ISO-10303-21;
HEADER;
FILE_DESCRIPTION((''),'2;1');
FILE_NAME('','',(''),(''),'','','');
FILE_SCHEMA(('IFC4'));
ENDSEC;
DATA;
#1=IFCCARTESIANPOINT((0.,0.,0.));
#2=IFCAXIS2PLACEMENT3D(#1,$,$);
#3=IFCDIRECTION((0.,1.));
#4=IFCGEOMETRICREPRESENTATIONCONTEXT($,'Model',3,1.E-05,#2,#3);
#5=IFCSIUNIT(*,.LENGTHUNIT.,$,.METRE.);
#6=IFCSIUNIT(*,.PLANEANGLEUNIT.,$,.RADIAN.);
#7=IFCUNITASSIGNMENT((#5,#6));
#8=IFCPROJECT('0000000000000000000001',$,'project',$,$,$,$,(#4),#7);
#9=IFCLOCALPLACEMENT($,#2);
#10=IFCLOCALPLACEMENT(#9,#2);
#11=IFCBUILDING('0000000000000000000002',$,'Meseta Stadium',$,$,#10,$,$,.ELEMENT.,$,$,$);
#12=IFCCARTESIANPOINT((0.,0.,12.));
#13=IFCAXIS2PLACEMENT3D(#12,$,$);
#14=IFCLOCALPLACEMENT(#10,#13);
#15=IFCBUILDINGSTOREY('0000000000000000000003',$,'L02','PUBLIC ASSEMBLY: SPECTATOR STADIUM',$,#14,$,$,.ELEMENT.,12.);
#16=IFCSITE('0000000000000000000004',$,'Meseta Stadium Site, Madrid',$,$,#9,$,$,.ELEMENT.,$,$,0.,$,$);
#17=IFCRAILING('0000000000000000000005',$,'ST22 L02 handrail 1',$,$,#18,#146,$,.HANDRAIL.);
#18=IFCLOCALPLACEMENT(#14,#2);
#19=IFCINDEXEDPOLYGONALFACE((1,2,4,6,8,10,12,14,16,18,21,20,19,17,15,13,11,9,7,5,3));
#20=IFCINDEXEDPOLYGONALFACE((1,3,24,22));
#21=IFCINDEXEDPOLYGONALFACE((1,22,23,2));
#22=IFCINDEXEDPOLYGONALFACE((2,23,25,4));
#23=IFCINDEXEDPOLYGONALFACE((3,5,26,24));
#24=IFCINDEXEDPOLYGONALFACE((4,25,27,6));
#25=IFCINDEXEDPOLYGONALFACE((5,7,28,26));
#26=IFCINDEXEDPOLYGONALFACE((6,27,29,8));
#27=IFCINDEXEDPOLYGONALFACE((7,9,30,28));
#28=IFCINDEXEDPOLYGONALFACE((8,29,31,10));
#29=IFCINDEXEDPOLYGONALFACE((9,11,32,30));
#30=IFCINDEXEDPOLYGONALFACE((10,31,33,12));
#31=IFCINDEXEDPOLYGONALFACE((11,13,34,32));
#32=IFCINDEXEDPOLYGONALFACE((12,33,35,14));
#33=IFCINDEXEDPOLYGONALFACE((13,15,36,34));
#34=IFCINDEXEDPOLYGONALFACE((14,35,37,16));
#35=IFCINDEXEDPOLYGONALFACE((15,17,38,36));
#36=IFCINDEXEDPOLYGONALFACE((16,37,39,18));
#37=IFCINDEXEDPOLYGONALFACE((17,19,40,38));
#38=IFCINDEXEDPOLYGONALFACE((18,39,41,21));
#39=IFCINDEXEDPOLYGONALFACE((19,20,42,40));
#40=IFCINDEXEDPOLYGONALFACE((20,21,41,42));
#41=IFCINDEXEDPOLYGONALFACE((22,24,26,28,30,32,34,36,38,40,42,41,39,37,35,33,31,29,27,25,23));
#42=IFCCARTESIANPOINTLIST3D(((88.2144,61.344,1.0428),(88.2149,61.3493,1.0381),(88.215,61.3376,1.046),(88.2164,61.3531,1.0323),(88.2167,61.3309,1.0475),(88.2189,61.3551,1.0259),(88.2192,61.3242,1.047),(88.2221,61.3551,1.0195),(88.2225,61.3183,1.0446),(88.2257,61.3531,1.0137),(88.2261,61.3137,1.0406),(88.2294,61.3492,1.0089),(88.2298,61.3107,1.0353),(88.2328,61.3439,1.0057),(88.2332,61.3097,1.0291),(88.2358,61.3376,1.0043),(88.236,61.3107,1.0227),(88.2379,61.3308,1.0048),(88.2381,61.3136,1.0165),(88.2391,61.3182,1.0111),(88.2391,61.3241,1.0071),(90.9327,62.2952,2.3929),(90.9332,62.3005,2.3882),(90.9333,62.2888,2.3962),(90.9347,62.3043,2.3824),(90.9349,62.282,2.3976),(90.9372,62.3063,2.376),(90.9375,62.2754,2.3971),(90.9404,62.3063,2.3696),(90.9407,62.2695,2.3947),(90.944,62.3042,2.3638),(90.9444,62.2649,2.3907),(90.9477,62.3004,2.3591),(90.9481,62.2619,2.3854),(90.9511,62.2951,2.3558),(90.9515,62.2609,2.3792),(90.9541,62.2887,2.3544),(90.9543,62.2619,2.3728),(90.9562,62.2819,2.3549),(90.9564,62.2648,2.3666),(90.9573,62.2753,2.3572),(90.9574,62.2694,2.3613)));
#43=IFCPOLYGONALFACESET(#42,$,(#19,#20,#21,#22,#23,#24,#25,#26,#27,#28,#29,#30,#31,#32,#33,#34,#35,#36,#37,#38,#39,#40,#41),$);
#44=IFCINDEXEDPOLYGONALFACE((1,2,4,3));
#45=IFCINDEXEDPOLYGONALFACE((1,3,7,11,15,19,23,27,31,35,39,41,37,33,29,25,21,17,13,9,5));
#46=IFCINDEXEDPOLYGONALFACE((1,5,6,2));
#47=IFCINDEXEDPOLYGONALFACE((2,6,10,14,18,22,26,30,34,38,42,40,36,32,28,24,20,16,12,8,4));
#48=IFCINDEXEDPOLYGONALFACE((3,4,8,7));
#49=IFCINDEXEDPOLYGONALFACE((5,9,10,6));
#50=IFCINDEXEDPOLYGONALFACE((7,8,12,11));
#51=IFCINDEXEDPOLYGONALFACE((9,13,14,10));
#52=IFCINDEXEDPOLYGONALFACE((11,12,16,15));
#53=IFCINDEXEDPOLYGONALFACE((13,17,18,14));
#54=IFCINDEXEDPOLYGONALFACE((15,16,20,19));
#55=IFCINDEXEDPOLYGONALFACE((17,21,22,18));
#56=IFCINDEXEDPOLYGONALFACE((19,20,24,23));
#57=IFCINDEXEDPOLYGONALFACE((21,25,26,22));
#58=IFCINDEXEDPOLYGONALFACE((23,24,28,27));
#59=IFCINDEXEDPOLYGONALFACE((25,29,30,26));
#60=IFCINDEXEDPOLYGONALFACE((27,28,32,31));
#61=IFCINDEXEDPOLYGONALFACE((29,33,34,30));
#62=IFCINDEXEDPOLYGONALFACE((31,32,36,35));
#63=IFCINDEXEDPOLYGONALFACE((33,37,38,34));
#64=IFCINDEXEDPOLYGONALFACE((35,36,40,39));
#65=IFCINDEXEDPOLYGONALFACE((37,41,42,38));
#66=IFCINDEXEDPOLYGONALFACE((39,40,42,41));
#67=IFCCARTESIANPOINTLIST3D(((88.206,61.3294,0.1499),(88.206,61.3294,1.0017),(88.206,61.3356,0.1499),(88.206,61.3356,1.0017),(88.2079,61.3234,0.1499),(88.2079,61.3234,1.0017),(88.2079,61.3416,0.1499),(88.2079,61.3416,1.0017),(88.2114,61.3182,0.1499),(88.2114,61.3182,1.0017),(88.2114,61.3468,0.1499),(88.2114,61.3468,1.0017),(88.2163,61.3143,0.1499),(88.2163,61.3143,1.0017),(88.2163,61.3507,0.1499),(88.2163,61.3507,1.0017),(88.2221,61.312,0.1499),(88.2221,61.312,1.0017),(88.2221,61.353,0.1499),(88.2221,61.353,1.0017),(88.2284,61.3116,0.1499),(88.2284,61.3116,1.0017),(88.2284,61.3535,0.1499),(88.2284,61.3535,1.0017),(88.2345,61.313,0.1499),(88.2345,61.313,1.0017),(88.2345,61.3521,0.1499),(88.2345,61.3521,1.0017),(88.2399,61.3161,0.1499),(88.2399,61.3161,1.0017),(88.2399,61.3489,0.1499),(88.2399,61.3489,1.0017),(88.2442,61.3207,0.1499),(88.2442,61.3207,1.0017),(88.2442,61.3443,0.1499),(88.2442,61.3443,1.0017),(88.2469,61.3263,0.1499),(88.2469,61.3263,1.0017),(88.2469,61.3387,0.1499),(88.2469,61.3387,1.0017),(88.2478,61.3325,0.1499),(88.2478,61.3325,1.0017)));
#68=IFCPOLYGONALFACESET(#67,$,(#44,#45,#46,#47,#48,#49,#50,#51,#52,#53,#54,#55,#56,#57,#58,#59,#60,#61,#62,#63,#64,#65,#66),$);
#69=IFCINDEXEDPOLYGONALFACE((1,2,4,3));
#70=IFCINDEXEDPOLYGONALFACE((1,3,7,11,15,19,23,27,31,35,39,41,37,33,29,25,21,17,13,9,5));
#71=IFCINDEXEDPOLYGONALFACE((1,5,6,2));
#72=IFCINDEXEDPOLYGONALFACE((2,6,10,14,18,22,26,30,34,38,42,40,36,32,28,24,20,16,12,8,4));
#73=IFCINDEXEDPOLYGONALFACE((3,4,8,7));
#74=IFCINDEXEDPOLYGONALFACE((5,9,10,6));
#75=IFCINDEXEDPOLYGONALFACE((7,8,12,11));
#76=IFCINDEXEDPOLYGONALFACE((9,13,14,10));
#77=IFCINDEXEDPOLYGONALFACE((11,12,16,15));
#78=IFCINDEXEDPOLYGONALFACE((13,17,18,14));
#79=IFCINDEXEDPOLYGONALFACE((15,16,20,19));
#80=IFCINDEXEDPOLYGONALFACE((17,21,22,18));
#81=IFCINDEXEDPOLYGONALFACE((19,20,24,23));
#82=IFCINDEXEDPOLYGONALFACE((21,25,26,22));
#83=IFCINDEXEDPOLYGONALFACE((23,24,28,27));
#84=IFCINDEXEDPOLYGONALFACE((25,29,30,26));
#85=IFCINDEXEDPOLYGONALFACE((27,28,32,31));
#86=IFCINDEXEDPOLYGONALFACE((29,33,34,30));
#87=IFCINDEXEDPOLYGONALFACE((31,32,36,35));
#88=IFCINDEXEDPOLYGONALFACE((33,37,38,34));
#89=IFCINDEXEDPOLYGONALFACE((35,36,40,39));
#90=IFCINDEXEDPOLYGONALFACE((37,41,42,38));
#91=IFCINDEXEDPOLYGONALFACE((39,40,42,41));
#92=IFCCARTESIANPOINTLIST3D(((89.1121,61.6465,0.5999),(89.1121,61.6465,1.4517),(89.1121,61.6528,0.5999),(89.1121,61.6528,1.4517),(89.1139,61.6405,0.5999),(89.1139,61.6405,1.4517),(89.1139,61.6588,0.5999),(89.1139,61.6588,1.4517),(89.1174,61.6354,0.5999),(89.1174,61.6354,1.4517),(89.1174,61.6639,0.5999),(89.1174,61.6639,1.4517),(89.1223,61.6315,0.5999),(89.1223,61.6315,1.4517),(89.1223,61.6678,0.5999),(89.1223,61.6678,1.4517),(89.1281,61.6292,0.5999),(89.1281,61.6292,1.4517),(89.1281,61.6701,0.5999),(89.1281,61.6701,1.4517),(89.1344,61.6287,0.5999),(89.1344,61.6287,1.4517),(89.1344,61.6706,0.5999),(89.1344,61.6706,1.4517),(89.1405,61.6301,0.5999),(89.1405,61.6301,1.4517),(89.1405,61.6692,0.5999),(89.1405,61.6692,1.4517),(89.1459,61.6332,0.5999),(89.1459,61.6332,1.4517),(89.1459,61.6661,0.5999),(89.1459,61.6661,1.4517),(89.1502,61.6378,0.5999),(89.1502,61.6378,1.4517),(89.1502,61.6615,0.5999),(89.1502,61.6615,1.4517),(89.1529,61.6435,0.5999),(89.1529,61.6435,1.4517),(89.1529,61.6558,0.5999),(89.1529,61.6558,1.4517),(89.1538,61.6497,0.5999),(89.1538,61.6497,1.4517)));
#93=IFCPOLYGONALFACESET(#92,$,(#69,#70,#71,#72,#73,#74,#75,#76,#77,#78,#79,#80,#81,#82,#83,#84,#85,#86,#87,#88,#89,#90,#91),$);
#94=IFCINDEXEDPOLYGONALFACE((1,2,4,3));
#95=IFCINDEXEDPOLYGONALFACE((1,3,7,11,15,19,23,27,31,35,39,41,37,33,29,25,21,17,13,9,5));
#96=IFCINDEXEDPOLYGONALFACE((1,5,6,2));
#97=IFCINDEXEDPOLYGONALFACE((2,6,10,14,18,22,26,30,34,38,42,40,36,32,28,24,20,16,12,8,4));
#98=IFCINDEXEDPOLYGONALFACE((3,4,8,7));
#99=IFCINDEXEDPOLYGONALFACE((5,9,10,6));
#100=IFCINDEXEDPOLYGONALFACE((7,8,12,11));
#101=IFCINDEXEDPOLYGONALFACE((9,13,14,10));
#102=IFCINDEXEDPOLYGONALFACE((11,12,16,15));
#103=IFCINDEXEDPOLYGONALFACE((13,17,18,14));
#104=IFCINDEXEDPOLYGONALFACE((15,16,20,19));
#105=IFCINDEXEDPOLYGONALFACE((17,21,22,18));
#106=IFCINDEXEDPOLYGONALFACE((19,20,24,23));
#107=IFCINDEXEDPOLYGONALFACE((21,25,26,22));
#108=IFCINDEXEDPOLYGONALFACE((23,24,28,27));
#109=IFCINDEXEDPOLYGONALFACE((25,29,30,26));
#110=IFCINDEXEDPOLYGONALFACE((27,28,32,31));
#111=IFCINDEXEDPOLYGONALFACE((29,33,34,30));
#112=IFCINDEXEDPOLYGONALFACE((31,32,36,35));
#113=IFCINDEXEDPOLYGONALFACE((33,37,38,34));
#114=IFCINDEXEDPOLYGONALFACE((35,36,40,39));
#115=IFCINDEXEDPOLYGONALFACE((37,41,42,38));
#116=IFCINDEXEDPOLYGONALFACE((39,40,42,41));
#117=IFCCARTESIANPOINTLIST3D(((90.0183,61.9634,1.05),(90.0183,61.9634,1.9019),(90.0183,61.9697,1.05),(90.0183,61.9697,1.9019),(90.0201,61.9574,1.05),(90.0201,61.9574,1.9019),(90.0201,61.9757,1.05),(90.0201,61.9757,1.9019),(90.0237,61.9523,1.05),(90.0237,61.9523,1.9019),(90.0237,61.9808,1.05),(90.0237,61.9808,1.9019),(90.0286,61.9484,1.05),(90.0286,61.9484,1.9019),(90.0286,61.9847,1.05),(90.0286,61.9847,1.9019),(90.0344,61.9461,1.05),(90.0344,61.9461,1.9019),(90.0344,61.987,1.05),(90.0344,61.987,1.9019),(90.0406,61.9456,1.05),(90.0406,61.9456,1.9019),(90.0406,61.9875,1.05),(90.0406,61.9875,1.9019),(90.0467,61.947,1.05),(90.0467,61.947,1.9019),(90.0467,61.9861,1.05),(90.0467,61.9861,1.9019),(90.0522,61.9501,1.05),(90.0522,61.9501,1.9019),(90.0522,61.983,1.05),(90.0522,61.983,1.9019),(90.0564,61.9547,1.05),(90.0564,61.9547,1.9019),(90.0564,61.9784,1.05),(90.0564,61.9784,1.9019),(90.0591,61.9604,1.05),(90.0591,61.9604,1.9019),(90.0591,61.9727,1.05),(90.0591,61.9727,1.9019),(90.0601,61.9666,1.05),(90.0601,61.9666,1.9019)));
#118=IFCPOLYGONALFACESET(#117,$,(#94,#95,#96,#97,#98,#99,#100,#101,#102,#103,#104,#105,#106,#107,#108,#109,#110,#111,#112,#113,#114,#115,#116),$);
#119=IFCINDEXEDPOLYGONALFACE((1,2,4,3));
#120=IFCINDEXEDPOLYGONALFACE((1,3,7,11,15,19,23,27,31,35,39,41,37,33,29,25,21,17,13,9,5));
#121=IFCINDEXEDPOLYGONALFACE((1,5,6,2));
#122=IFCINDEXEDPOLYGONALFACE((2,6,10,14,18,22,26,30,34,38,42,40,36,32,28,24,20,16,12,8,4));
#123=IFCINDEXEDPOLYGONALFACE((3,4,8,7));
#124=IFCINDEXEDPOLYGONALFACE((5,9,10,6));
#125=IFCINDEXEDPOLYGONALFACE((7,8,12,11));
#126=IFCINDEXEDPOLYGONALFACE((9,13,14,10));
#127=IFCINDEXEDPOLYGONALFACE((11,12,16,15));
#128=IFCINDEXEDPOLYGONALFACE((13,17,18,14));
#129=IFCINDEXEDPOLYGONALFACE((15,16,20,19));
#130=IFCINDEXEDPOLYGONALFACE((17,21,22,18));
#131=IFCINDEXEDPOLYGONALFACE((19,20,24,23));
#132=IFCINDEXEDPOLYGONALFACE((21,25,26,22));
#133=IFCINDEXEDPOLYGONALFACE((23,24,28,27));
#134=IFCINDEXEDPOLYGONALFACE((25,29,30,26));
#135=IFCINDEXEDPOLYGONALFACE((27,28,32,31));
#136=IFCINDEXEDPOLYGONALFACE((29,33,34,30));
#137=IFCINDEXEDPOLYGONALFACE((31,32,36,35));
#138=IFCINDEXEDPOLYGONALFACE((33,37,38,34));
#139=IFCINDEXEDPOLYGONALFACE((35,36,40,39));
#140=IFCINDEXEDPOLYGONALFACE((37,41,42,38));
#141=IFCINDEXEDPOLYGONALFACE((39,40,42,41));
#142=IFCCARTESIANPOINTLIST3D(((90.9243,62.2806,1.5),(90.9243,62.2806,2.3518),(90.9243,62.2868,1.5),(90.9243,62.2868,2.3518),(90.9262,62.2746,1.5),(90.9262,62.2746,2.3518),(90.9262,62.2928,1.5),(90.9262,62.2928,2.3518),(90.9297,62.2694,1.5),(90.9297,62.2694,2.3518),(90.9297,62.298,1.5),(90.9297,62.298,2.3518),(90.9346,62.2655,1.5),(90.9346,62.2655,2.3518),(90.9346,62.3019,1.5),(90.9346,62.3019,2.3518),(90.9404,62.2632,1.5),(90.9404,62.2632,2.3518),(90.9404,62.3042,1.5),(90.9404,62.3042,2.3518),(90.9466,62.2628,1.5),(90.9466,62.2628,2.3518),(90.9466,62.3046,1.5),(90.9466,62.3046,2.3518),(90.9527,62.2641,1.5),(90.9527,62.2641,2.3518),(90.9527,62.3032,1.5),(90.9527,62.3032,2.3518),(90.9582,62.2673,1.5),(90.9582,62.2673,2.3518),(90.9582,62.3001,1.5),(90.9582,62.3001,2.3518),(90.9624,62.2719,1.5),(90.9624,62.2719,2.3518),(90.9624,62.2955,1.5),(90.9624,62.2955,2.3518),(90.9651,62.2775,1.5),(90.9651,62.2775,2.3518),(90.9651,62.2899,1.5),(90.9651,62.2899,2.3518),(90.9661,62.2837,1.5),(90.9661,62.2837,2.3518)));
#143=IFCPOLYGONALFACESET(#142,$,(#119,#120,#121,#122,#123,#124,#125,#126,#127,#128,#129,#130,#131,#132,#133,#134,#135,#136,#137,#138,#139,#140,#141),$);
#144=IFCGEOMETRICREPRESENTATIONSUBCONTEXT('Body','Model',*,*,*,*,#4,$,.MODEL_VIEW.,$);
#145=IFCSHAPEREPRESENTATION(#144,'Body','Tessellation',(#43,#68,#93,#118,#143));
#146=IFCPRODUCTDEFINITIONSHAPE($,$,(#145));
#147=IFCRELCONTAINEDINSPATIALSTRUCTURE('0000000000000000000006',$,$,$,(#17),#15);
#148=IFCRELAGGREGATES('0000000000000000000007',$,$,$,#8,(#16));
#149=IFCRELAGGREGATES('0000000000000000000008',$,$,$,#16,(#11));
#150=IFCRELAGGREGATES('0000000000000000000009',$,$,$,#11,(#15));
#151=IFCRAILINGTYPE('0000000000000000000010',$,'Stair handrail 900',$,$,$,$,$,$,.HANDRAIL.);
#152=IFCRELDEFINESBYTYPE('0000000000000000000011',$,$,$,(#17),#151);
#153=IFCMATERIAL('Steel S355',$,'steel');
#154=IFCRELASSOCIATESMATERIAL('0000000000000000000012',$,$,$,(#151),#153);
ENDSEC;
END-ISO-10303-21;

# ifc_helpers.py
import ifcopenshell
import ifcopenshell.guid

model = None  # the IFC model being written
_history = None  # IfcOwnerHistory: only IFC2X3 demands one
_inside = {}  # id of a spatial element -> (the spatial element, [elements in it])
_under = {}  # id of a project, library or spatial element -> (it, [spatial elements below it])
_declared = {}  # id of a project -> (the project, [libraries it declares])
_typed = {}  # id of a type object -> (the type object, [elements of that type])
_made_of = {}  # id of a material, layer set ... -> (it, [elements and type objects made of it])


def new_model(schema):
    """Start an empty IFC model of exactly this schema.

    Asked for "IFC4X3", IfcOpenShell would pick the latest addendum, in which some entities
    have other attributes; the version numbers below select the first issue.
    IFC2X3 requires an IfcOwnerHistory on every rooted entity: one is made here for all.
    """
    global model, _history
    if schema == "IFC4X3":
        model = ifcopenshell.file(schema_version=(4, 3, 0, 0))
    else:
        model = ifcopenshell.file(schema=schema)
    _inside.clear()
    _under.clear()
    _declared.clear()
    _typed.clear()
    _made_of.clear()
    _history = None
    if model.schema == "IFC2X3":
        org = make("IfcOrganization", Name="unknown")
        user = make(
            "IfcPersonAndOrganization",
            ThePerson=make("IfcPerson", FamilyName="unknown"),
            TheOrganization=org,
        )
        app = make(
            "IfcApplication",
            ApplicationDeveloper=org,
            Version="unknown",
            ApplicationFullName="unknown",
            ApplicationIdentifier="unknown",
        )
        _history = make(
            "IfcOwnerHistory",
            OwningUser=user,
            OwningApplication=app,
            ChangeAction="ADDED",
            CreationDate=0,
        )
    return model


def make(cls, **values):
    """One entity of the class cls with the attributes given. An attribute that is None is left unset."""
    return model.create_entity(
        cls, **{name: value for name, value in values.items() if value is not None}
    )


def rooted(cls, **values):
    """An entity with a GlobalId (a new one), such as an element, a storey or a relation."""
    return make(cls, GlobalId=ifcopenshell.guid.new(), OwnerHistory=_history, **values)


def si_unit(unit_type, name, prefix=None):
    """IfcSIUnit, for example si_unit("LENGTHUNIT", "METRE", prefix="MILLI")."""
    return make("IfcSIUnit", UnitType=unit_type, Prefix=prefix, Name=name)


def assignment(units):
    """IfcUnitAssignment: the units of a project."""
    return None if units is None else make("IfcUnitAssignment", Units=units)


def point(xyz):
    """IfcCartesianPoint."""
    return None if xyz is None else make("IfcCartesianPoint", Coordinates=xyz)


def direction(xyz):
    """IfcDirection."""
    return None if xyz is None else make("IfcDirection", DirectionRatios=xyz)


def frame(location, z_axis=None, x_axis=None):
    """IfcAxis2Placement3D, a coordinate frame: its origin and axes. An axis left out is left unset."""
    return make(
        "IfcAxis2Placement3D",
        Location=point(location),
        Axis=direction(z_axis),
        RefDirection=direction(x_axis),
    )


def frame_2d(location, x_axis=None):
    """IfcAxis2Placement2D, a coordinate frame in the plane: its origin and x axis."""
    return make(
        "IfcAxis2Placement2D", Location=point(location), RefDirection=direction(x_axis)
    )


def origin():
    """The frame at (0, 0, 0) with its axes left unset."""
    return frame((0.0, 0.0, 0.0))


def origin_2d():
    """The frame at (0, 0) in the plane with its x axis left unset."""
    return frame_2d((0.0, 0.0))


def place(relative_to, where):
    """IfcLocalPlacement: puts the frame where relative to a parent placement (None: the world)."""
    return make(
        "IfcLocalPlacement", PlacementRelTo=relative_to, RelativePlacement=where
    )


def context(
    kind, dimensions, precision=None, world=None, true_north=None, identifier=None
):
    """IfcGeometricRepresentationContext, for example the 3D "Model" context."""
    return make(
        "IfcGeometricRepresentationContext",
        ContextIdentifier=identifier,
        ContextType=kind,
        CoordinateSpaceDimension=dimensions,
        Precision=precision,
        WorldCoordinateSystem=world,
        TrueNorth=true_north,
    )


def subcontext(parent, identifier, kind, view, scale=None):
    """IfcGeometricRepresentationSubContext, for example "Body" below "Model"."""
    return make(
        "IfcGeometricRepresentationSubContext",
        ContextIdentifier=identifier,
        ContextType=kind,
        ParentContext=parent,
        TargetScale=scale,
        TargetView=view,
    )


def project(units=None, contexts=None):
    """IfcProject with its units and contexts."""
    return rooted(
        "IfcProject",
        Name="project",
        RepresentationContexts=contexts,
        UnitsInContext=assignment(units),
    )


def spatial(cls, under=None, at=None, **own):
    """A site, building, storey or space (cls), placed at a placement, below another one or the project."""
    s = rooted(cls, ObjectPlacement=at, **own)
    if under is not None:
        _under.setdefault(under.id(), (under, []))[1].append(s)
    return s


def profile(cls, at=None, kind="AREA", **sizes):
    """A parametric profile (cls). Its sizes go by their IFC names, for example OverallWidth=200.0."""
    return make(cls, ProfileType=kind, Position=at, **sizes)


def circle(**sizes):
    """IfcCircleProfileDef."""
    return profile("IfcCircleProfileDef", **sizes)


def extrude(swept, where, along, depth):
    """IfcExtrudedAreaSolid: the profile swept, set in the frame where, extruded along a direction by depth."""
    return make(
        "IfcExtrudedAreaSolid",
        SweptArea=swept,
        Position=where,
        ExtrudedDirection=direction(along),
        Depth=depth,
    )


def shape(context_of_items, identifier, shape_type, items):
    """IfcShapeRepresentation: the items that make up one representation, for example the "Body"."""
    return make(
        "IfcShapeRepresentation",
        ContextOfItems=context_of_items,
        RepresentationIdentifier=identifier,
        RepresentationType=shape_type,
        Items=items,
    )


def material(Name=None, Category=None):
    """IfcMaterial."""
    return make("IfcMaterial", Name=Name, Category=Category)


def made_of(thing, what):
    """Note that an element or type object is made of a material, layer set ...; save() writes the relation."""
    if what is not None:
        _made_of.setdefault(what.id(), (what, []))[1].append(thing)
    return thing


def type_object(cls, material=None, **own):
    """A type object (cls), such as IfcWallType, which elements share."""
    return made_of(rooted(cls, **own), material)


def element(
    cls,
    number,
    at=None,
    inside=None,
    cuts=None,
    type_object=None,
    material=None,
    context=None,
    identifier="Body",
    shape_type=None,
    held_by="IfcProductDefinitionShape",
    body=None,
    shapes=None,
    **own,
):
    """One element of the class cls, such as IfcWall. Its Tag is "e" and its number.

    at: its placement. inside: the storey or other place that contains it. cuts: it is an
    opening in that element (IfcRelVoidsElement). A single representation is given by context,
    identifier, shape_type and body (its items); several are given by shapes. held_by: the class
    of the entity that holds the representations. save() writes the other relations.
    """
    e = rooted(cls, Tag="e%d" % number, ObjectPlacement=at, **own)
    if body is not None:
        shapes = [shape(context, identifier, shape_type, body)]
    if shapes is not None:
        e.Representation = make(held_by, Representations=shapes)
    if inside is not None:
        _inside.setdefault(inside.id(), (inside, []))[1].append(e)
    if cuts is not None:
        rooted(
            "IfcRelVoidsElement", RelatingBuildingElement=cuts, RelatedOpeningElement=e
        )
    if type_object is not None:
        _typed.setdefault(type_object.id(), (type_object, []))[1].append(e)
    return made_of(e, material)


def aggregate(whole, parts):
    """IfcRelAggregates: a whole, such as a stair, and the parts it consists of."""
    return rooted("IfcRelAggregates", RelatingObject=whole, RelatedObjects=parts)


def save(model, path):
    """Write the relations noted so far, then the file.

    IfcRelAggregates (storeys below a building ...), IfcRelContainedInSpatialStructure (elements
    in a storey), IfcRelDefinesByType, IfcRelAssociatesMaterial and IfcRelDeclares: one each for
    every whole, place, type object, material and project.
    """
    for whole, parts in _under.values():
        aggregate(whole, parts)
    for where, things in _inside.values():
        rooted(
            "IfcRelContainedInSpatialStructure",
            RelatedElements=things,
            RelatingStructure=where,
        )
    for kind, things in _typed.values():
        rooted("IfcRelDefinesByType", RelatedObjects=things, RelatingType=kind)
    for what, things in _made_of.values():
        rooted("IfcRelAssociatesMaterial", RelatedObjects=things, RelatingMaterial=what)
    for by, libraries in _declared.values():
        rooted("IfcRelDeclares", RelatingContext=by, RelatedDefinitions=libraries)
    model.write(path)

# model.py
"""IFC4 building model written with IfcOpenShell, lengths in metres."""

from ifc_helpers import new_model, si_unit, direction, frame, origin, origin_2d, place, context, subcontext, project, spatial, circle, extrude, material, type_object, element, save


model = new_model("IFC4")

# Units and contexts
model_context = context("Model", 3, precision=1e-05, world=origin(), true_north=direction((0.0, 1.0)))
body_context = subcontext(model_context, "Body", "Model", "MODEL_VIEW")
ifc_project = project(units=[si_unit("LENGTHUNIT", "METRE"), si_unit("PLANEANGLEUNIT", "RADIAN")], contexts=[model_context])

# Site, building, storey
site_placement = place(None, origin())
site = spatial("IfcSite", under=ifc_project, at=site_placement, Name="Meseta Stadium Site, Madrid", CompositionType="ELEMENT", RefElevation=0.0)
building_placement = place(site_placement, origin())
building = spatial("IfcBuilding", under=site, at=building_placement, Name="Meseta Stadium", CompositionType="ELEMENT")
storey_placement = place(building_placement, frame((0.0, 0.0, 12.0)))
storey = spatial("IfcBuildingStorey", under=building, at=storey_placement, Name="L02", Description="PUBLIC ASSEMBLY: SPECTATOR STADIUM", CompositionType="ELEMENT", Elevation=12.0)

# Railing
ifc_material_1 = material(Name="Steel S355", Category="steel")
railing_type_1 = type_object("IfcRailingType", Name="Stair handrail 900", PredefinedType="HANDRAIL", material=ifc_material_1)
for number, where, name in (
    (1, (88.2268, 61.3325, 0.1499), "ST22 L02 handrail 1"),
):
    element("IfcRailing", number, at=place(storey_placement, frame(where)), inside=storey, type_object=railing_type_1, Name=name, PredefinedType="HANDRAIL", context=body_context, shape_type="SweptSolid", body=[
        extrude(circle(Radius=0.0239, at=origin_2d()), frame((0.0, 0.0, 0.876), z_axis=(0.854629, 0.299051, 0.424474), x_axis=(-0.330282, 0.943882, 0.0)), (0.0, 0.0, 1.0), 3.1807),
        extrude(circle(Radius=0.021, at=origin_2d()), origin(), (0.0, 0.0, 1.0), 0.8518),
        extrude(circle(Radius=0.021, at=origin_2d()), frame((0.906, 0.3171, 0.45)), (0.0, 0.0, 1.0), 0.8518),
        extrude(circle(Radius=0.021, at=origin_2d()), frame((1.8123, 0.634, 0.9001)), (0.0, 0.0, 1.0), 0.8518),
        extrude(circle(Radius=0.021, at=origin_2d()), frame((2.7183, 0.9512, 1.3501)), (0.0, 0.0, 1.0), 0.8518),
    ])

save(model, "model.ifc")
